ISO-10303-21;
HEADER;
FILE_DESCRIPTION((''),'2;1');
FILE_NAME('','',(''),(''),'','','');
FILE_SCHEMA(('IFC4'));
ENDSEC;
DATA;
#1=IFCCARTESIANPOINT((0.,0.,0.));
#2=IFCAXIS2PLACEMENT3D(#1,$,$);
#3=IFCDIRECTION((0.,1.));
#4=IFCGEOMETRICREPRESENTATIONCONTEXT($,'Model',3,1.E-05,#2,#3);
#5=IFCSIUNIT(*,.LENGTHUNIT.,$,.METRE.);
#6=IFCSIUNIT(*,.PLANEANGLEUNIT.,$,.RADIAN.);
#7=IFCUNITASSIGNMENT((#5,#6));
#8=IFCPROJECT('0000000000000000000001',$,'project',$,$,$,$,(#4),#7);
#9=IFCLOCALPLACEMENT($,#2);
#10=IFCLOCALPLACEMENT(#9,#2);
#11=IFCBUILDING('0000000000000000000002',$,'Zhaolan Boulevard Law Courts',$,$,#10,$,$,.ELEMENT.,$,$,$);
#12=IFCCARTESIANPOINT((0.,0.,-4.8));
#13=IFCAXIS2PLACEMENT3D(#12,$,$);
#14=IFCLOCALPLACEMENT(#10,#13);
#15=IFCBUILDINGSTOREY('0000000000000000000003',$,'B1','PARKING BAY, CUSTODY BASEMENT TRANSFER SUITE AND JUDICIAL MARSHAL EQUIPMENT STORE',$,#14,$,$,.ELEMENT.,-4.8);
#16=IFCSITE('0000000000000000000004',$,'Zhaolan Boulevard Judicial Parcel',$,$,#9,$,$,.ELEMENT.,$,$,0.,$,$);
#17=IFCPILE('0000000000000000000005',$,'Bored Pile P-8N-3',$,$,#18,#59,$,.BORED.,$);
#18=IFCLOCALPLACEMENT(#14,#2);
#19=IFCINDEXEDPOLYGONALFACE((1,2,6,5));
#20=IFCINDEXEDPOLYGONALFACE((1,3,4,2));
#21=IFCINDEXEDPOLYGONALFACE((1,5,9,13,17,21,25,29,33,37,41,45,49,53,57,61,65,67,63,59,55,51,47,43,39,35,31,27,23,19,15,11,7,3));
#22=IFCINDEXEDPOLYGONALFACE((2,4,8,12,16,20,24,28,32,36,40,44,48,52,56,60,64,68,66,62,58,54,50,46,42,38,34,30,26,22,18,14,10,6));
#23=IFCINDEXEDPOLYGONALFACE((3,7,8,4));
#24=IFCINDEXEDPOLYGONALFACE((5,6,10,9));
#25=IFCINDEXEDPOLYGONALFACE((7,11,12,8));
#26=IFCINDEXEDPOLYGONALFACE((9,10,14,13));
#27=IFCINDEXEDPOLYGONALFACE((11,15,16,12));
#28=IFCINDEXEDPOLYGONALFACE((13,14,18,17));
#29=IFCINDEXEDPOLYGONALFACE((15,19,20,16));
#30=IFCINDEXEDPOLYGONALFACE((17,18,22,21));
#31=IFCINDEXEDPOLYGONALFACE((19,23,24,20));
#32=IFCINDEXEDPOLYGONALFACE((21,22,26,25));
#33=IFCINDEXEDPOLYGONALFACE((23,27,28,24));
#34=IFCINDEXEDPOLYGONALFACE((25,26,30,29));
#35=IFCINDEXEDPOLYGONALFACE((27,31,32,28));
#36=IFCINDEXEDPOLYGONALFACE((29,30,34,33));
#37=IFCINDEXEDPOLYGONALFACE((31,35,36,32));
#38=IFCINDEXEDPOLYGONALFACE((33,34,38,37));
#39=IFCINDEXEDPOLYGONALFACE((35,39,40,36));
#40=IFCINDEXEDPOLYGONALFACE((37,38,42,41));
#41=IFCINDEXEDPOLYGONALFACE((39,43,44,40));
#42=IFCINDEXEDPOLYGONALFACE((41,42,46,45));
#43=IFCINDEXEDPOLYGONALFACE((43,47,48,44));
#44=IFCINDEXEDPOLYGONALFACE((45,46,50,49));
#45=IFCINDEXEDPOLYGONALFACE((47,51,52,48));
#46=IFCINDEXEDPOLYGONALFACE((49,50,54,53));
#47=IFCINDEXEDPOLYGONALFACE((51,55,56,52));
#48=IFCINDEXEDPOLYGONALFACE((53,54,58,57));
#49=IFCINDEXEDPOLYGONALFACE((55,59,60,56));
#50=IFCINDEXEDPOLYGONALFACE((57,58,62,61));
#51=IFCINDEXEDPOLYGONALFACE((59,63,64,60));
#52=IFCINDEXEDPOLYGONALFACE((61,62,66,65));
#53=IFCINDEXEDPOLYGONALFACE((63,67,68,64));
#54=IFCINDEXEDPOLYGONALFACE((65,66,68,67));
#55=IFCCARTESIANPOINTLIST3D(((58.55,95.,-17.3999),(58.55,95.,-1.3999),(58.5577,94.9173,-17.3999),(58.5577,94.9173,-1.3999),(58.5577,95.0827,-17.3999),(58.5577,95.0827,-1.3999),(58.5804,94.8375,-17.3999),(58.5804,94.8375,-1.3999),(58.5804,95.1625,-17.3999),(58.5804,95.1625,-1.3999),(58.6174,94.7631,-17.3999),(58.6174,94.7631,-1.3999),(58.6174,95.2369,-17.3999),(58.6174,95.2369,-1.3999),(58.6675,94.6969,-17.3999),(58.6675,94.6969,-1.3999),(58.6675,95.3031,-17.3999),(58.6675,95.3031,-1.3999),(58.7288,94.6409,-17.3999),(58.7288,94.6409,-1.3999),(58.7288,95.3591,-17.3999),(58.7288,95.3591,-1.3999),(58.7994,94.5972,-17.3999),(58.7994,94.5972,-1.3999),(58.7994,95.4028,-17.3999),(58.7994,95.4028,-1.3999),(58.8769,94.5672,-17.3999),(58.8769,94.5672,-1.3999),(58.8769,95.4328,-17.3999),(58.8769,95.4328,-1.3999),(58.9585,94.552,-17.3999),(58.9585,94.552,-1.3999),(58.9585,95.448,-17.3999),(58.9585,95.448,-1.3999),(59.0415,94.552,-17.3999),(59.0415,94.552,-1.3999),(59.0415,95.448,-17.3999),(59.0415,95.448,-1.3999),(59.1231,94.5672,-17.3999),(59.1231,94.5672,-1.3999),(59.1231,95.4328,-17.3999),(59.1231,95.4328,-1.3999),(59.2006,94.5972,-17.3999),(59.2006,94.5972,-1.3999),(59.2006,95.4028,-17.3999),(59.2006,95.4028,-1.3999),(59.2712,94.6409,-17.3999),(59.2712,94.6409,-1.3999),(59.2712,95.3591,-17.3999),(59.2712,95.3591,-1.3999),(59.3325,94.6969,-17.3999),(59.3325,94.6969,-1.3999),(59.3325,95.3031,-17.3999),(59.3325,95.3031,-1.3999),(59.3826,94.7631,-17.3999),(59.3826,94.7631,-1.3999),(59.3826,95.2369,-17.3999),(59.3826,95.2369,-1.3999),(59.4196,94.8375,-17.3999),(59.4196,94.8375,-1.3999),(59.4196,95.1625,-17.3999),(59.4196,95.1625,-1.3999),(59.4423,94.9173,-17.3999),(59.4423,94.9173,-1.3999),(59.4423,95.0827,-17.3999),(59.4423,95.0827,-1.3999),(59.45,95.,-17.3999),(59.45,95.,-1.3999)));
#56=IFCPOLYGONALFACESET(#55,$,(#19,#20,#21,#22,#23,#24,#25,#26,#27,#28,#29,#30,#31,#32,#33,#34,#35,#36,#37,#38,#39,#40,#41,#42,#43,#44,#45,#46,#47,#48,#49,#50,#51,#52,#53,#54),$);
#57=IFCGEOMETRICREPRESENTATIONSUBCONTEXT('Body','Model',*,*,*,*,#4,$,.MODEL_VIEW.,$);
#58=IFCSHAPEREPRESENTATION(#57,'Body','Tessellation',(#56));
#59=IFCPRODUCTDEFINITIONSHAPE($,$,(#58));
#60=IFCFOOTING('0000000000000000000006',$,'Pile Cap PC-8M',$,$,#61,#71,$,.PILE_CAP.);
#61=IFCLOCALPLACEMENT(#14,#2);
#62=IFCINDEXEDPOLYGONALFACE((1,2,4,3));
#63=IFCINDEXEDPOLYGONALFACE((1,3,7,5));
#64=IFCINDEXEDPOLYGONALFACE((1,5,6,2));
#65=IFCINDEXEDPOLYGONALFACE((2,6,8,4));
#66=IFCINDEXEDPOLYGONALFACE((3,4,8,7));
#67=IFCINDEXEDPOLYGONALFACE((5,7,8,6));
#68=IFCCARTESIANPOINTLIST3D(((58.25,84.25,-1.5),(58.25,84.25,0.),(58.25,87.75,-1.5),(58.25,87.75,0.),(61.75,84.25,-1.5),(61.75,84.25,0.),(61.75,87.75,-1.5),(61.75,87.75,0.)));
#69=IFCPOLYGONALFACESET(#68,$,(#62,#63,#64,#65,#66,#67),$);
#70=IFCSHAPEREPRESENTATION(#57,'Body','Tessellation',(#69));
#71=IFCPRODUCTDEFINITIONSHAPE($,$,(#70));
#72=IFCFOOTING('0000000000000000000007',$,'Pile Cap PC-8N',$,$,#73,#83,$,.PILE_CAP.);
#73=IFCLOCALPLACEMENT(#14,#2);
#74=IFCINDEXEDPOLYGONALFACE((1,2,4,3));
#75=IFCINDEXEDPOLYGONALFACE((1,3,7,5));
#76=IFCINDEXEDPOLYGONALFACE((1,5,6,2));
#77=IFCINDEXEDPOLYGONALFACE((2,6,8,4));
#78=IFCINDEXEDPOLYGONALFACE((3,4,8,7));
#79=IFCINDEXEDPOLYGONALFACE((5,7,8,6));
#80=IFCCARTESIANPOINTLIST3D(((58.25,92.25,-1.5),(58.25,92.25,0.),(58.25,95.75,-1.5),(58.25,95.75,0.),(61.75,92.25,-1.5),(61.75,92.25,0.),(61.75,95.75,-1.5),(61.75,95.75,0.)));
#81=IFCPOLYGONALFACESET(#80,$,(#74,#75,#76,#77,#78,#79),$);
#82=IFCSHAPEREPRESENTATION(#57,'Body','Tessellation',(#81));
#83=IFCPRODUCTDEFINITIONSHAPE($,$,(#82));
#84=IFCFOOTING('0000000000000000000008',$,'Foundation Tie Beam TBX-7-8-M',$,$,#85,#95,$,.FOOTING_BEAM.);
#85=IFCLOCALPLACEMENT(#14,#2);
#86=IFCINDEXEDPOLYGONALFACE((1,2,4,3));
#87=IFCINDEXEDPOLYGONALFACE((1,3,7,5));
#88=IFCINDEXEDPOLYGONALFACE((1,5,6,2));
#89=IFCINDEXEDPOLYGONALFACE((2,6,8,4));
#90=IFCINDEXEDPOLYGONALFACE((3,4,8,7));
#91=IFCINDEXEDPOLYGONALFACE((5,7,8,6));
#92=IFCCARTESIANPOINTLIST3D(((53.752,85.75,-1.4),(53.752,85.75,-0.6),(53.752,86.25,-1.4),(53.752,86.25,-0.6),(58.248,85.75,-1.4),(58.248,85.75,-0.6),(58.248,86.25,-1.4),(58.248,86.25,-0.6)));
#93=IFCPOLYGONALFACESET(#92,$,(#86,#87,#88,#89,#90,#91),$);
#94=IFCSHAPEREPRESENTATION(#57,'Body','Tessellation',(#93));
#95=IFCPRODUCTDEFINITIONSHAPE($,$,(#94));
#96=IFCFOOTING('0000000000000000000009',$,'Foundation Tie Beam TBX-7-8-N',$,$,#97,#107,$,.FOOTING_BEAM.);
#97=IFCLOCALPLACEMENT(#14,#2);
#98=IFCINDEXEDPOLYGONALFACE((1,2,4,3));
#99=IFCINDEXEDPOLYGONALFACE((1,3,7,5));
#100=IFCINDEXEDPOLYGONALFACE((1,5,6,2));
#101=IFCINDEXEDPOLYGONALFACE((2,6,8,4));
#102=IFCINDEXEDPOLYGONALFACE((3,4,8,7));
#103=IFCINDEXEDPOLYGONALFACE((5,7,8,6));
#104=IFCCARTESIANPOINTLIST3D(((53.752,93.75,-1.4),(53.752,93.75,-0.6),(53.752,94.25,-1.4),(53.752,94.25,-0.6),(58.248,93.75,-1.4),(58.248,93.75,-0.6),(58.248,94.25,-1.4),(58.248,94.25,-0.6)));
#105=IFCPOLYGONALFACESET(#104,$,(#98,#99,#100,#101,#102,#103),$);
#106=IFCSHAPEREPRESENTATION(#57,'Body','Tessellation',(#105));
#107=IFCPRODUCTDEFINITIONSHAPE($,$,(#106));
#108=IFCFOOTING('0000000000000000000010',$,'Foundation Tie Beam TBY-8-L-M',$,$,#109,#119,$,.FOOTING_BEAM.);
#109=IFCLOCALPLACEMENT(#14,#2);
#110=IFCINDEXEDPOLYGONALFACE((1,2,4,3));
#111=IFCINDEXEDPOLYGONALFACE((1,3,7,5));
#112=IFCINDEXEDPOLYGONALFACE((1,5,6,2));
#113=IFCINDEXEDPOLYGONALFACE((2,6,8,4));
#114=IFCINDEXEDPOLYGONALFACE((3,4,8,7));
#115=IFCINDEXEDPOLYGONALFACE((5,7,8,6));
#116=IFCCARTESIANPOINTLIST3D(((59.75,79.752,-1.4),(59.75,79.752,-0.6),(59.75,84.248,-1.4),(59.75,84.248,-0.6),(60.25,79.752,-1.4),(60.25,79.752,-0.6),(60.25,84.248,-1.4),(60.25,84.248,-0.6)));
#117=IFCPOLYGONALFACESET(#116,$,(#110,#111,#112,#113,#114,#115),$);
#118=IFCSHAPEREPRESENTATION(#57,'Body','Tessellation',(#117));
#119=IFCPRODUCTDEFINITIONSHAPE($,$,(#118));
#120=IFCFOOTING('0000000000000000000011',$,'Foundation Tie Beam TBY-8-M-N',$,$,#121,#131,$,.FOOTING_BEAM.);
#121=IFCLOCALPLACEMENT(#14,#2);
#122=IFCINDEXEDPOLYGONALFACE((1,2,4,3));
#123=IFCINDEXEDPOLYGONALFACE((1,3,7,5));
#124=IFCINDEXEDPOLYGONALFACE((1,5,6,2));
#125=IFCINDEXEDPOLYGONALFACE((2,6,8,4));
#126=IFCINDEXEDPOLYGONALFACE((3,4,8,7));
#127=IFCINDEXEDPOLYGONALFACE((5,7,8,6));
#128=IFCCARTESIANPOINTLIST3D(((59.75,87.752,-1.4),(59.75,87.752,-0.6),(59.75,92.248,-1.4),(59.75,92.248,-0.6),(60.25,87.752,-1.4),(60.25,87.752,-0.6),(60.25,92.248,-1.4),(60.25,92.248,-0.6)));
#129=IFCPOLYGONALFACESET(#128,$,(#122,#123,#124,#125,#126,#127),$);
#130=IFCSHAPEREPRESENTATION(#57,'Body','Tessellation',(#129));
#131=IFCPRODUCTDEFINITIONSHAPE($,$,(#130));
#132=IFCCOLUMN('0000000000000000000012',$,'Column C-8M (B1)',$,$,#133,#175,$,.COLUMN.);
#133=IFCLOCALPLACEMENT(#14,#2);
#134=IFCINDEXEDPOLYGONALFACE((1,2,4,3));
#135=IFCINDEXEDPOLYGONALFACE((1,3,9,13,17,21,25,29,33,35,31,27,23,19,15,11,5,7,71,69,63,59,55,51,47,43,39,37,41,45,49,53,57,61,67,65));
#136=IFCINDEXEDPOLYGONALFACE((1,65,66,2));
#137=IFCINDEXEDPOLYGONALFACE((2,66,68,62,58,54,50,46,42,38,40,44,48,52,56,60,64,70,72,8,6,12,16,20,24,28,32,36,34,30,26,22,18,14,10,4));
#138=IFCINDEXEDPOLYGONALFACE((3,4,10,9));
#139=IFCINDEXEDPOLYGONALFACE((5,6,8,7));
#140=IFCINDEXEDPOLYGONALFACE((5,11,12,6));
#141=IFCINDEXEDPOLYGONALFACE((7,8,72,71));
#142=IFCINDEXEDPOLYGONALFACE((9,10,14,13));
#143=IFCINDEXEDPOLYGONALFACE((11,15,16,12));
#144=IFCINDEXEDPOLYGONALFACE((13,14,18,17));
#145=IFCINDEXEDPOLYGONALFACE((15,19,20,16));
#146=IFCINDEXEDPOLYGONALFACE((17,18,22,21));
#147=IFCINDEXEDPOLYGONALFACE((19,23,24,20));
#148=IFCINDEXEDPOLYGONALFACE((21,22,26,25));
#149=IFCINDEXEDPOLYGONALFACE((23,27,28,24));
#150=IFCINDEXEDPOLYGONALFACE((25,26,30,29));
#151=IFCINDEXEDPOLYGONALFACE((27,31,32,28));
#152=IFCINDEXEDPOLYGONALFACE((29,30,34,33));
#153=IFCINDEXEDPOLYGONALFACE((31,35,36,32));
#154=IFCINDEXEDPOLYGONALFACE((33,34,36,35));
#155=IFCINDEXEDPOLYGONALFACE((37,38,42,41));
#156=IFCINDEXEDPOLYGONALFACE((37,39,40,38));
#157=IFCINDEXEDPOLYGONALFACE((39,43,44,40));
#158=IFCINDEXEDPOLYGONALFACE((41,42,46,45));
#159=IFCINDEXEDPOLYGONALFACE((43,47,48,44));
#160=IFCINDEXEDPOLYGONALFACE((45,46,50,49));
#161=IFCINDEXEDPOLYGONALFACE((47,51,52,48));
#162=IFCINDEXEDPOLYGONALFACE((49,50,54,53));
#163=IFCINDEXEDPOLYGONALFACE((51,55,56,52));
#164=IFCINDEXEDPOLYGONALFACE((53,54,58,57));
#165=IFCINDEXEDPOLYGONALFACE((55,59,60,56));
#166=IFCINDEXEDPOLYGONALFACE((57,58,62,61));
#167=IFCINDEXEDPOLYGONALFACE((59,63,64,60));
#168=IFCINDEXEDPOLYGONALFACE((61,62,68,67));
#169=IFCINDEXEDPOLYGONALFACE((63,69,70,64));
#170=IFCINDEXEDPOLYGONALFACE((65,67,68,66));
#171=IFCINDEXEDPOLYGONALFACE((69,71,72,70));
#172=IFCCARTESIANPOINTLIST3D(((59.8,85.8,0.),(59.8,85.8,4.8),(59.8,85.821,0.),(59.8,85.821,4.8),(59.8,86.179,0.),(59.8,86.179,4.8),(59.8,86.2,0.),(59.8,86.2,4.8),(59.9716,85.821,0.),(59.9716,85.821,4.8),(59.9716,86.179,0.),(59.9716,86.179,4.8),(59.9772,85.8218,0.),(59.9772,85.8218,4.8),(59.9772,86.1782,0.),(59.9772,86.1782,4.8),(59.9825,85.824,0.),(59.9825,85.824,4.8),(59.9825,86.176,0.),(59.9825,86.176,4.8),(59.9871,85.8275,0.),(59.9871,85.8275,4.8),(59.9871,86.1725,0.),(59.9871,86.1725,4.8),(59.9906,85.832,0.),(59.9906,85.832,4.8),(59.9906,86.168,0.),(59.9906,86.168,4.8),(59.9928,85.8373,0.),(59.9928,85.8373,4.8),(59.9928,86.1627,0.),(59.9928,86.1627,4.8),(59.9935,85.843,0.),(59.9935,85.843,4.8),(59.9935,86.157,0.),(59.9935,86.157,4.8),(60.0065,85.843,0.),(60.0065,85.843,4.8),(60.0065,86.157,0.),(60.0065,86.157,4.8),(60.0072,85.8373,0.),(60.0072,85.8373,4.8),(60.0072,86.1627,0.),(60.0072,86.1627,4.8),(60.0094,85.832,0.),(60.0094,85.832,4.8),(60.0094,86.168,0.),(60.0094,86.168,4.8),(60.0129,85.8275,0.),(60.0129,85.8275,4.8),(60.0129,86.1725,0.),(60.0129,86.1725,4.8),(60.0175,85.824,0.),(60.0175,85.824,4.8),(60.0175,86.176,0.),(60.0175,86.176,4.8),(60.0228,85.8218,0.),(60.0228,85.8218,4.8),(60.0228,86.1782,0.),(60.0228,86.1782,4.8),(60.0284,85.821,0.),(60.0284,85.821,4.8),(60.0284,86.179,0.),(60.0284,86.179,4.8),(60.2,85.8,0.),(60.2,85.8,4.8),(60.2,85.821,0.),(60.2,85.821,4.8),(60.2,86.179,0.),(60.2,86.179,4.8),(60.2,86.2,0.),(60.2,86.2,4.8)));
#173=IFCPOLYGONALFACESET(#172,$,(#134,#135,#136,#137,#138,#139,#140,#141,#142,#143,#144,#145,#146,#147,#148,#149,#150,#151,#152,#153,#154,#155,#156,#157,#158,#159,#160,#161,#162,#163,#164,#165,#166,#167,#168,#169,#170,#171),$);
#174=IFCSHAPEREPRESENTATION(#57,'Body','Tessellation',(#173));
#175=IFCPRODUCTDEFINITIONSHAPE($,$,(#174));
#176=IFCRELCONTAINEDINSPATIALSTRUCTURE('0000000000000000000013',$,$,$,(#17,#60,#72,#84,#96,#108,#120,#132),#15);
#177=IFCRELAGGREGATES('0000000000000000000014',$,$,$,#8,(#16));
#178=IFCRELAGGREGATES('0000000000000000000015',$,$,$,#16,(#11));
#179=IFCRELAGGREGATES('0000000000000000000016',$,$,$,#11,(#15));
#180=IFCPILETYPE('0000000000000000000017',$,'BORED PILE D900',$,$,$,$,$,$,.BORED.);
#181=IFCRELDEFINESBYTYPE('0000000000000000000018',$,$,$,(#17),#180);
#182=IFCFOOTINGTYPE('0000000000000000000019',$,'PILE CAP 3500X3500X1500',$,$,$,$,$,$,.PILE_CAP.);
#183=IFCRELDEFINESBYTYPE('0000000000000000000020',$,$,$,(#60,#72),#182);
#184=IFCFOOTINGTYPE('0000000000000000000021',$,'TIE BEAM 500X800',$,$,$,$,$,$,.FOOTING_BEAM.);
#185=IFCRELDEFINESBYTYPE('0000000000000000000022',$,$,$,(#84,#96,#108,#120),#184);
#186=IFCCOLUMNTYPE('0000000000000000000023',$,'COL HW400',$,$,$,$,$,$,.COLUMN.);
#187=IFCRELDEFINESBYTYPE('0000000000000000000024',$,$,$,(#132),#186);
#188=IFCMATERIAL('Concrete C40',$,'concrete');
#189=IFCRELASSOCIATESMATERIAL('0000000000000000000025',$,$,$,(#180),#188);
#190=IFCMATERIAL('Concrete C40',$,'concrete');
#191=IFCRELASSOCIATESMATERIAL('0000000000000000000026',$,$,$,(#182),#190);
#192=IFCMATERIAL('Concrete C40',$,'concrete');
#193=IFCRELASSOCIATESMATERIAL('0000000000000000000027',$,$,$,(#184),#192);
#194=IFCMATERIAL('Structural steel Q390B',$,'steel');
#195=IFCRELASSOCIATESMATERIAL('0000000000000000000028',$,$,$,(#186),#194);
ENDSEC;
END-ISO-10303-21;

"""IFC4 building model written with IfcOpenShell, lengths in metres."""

from ifc_helpers import new_model, si_unit, direction, frame, origin, origin_2d, place, context, subcontext, project, spatial, rectangle, circle, i_section, extrude, material, material_profile, profile_set, type_object, element, save


model = new_model("IFC4")

# Units and contexts
model_context = context("Model", 3, precision=1e-05, world=origin(), true_north=direction((0.0, 1.0)))
body_context = subcontext(model_context, "Body", "Model", "MODEL_VIEW")
ifc_project = project(units=[si_unit("LENGTHUNIT", "METRE"), si_unit("PLANEANGLEUNIT", "RADIAN")], contexts=[model_context])

# Site, building, storey
site_placement = place(None, origin())
site = spatial("IfcSite", under=ifc_project, at=site_placement, Name="Zhaolan Boulevard Judicial Parcel", CompositionType="ELEMENT", RefElevation=0.0)
building_placement = place(site_placement, origin())
building = spatial("IfcBuilding", under=site, at=building_placement, Name="Zhaolan Boulevard Law Courts", CompositionType="ELEMENT")
storey_placement = place(building_placement, frame((0.0, 0.0, -4.8)))
storey = spatial("IfcBuildingStorey", under=building, at=storey_placement, Name="B1", Description="PARKING BAY, CUSTODY BASEMENT TRANSFER SUITE AND JUDICIAL MARSHAL EQUIPMENT STORE", CompositionType="ELEMENT", Elevation=-4.8)

# Pile
ifc_material_1 = material(Name="Concrete C40", Category="concrete")
ifc_material_profile_1 = material_profile(ifc_material_1, circle(Radius=0.45, at=origin_2d()), Name="PILE-D900")
ifc_profile_set_1 = profile_set([ifc_material_profile_1], Name="Concrete C40")
pile_type = type_object("IfcPileType", Name="BORED PILE D900", PredefinedType="BORED", material=ifc_profile_set_1)
for number, where, z_axis, x_axis, name in (
    (1, (59.0, 95.0, -1.3999), (0.0, 0.0, -1.0), (1.0, 0.0, 0.0), "Bored Pile P-8N-3"),
):
    element("IfcPile", number, at=place(storey_placement, frame(where, z_axis=z_axis, x_axis=x_axis)), inside=storey, type_object=pile_type, Name=name, PredefinedType="BORED", context=body_context, shape_type="SweptSolid", body=[
        extrude(circle(Radius=0.45, at=origin_2d()), origin(), (0.0, 0.0, 1.0), 16.0),
    ])

# Footings
ifc_material_2 = material(Name="Concrete C40", Category="concrete")
footing_type_1 = type_object("IfcFootingType", Name="PILE CAP 3500X3500X1500", PredefinedType="PILE_CAP", material=ifc_material_2)
for number, where, z_axis, x_axis, name in (
    (2, (60.0, 86.0, -1.5), (0.0, 0.0, 1.0), (1.0, 0.0, 0.0), "Pile Cap PC-8M"),
    (3, (60.0, 94.0, -1.5), (0.0, 0.0, 1.0), (1.0, 0.0, 0.0), "Pile Cap PC-8N"),
):
    element("IfcFooting", number, at=place(storey_placement, frame(where, z_axis=z_axis, x_axis=x_axis)), inside=storey, type_object=footing_type_1, Name=name, PredefinedType="PILE_CAP", context=body_context, shape_type="SweptSolid", body=[
        extrude(rectangle(XDim=3.5, YDim=3.5, at=origin_2d()), origin(), (0.0, 0.0, 1.0), 1.5),
    ])
ifc_material_3 = material(Name="Concrete C40", Category="concrete")
ifc_material_profile_2 = material_profile(ifc_material_3, rectangle(XDim=0.5, YDim=0.8, at=origin_2d()), Name="RC500x800")
ifc_profile_set_2 = profile_set([ifc_material_profile_2], Name="Concrete C40")
footing_type_2 = type_object("IfcFootingType", Name="TIE BEAM 500X800", PredefinedType="FOOTING_BEAM", material=ifc_profile_set_2)
for number, where, z_axis, x_axis, name in (
    (4, (53.752, 86.0, -1.0), (1.0, 0.0, 0.0), (0.0, 1.0, 0.0), "Foundation Tie Beam TBX-7-8-M"),
    (5, (53.752, 94.0, -1.0), (1.0, 0.0, 0.0), (0.0, 1.0, 0.0), "Foundation Tie Beam TBX-7-8-N"),
    (6, (60.0, 79.752, -1.0), (0.0, 1.0, 0.0), (-1.0, 0.0, 0.0), "Foundation Tie Beam TBY-8-L-M"),
    (7, (60.0, 87.752, -1.0), (0.0, 1.0, 0.0), (-1.0, 0.0, 0.0), "Foundation Tie Beam TBY-8-M-N"),
):
    element("IfcFooting", number, at=place(storey_placement, frame(where, z_axis=z_axis, x_axis=x_axis)), inside=storey, type_object=footing_type_2, Name=name, PredefinedType="FOOTING_BEAM", context=body_context, shape_type="SweptSolid", body=[
        extrude(rectangle(XDim=0.5, YDim=0.8, at=origin_2d()), origin(), (0.0, 0.0, 1.0), 4.4961),
    ])

# Column
ifc_material_4 = material(Name="Structural steel Q390B", Category="steel")
ifc_material_profile_3 = material_profile(ifc_material_4, i_section(OverallWidth=0.3999, OverallDepth=0.3999, WebThickness=0.0129, FlangeThickness=0.021, FilletRadius=0.022, at=origin_2d()), Name="HW400x400")
ifc_profile_set_3 = profile_set([ifc_material_profile_3], Name="Structural steel Q390B")
column_type = type_object("IfcColumnType", Name="COL HW400", PredefinedType="COLUMN", material=ifc_profile_set_3)
for number, where, z_axis, x_axis, name in (
    (8, (60.0, 86.0, 0.0), (0.0, 0.0, 1.0), (1.0, 0.0, 0.0), "Column C-8M (B1)"),
):
    element("IfcColumn", number, at=place(storey_placement, frame(where, z_axis=z_axis, x_axis=x_axis)), inside=storey, type_object=column_type, Name=name, PredefinedType="COLUMN", context=body_context, shape_type="SweptSolid", body=[
        extrude(i_section(OverallWidth=0.3999, OverallDepth=0.3999, WebThickness=0.0129, FlangeThickness=0.021, FilletRadius=0.022, at=origin_2d()), origin(), (0.0, 0.0, 1.0), 4.8),
    ])

save(model, "model.ifc")
